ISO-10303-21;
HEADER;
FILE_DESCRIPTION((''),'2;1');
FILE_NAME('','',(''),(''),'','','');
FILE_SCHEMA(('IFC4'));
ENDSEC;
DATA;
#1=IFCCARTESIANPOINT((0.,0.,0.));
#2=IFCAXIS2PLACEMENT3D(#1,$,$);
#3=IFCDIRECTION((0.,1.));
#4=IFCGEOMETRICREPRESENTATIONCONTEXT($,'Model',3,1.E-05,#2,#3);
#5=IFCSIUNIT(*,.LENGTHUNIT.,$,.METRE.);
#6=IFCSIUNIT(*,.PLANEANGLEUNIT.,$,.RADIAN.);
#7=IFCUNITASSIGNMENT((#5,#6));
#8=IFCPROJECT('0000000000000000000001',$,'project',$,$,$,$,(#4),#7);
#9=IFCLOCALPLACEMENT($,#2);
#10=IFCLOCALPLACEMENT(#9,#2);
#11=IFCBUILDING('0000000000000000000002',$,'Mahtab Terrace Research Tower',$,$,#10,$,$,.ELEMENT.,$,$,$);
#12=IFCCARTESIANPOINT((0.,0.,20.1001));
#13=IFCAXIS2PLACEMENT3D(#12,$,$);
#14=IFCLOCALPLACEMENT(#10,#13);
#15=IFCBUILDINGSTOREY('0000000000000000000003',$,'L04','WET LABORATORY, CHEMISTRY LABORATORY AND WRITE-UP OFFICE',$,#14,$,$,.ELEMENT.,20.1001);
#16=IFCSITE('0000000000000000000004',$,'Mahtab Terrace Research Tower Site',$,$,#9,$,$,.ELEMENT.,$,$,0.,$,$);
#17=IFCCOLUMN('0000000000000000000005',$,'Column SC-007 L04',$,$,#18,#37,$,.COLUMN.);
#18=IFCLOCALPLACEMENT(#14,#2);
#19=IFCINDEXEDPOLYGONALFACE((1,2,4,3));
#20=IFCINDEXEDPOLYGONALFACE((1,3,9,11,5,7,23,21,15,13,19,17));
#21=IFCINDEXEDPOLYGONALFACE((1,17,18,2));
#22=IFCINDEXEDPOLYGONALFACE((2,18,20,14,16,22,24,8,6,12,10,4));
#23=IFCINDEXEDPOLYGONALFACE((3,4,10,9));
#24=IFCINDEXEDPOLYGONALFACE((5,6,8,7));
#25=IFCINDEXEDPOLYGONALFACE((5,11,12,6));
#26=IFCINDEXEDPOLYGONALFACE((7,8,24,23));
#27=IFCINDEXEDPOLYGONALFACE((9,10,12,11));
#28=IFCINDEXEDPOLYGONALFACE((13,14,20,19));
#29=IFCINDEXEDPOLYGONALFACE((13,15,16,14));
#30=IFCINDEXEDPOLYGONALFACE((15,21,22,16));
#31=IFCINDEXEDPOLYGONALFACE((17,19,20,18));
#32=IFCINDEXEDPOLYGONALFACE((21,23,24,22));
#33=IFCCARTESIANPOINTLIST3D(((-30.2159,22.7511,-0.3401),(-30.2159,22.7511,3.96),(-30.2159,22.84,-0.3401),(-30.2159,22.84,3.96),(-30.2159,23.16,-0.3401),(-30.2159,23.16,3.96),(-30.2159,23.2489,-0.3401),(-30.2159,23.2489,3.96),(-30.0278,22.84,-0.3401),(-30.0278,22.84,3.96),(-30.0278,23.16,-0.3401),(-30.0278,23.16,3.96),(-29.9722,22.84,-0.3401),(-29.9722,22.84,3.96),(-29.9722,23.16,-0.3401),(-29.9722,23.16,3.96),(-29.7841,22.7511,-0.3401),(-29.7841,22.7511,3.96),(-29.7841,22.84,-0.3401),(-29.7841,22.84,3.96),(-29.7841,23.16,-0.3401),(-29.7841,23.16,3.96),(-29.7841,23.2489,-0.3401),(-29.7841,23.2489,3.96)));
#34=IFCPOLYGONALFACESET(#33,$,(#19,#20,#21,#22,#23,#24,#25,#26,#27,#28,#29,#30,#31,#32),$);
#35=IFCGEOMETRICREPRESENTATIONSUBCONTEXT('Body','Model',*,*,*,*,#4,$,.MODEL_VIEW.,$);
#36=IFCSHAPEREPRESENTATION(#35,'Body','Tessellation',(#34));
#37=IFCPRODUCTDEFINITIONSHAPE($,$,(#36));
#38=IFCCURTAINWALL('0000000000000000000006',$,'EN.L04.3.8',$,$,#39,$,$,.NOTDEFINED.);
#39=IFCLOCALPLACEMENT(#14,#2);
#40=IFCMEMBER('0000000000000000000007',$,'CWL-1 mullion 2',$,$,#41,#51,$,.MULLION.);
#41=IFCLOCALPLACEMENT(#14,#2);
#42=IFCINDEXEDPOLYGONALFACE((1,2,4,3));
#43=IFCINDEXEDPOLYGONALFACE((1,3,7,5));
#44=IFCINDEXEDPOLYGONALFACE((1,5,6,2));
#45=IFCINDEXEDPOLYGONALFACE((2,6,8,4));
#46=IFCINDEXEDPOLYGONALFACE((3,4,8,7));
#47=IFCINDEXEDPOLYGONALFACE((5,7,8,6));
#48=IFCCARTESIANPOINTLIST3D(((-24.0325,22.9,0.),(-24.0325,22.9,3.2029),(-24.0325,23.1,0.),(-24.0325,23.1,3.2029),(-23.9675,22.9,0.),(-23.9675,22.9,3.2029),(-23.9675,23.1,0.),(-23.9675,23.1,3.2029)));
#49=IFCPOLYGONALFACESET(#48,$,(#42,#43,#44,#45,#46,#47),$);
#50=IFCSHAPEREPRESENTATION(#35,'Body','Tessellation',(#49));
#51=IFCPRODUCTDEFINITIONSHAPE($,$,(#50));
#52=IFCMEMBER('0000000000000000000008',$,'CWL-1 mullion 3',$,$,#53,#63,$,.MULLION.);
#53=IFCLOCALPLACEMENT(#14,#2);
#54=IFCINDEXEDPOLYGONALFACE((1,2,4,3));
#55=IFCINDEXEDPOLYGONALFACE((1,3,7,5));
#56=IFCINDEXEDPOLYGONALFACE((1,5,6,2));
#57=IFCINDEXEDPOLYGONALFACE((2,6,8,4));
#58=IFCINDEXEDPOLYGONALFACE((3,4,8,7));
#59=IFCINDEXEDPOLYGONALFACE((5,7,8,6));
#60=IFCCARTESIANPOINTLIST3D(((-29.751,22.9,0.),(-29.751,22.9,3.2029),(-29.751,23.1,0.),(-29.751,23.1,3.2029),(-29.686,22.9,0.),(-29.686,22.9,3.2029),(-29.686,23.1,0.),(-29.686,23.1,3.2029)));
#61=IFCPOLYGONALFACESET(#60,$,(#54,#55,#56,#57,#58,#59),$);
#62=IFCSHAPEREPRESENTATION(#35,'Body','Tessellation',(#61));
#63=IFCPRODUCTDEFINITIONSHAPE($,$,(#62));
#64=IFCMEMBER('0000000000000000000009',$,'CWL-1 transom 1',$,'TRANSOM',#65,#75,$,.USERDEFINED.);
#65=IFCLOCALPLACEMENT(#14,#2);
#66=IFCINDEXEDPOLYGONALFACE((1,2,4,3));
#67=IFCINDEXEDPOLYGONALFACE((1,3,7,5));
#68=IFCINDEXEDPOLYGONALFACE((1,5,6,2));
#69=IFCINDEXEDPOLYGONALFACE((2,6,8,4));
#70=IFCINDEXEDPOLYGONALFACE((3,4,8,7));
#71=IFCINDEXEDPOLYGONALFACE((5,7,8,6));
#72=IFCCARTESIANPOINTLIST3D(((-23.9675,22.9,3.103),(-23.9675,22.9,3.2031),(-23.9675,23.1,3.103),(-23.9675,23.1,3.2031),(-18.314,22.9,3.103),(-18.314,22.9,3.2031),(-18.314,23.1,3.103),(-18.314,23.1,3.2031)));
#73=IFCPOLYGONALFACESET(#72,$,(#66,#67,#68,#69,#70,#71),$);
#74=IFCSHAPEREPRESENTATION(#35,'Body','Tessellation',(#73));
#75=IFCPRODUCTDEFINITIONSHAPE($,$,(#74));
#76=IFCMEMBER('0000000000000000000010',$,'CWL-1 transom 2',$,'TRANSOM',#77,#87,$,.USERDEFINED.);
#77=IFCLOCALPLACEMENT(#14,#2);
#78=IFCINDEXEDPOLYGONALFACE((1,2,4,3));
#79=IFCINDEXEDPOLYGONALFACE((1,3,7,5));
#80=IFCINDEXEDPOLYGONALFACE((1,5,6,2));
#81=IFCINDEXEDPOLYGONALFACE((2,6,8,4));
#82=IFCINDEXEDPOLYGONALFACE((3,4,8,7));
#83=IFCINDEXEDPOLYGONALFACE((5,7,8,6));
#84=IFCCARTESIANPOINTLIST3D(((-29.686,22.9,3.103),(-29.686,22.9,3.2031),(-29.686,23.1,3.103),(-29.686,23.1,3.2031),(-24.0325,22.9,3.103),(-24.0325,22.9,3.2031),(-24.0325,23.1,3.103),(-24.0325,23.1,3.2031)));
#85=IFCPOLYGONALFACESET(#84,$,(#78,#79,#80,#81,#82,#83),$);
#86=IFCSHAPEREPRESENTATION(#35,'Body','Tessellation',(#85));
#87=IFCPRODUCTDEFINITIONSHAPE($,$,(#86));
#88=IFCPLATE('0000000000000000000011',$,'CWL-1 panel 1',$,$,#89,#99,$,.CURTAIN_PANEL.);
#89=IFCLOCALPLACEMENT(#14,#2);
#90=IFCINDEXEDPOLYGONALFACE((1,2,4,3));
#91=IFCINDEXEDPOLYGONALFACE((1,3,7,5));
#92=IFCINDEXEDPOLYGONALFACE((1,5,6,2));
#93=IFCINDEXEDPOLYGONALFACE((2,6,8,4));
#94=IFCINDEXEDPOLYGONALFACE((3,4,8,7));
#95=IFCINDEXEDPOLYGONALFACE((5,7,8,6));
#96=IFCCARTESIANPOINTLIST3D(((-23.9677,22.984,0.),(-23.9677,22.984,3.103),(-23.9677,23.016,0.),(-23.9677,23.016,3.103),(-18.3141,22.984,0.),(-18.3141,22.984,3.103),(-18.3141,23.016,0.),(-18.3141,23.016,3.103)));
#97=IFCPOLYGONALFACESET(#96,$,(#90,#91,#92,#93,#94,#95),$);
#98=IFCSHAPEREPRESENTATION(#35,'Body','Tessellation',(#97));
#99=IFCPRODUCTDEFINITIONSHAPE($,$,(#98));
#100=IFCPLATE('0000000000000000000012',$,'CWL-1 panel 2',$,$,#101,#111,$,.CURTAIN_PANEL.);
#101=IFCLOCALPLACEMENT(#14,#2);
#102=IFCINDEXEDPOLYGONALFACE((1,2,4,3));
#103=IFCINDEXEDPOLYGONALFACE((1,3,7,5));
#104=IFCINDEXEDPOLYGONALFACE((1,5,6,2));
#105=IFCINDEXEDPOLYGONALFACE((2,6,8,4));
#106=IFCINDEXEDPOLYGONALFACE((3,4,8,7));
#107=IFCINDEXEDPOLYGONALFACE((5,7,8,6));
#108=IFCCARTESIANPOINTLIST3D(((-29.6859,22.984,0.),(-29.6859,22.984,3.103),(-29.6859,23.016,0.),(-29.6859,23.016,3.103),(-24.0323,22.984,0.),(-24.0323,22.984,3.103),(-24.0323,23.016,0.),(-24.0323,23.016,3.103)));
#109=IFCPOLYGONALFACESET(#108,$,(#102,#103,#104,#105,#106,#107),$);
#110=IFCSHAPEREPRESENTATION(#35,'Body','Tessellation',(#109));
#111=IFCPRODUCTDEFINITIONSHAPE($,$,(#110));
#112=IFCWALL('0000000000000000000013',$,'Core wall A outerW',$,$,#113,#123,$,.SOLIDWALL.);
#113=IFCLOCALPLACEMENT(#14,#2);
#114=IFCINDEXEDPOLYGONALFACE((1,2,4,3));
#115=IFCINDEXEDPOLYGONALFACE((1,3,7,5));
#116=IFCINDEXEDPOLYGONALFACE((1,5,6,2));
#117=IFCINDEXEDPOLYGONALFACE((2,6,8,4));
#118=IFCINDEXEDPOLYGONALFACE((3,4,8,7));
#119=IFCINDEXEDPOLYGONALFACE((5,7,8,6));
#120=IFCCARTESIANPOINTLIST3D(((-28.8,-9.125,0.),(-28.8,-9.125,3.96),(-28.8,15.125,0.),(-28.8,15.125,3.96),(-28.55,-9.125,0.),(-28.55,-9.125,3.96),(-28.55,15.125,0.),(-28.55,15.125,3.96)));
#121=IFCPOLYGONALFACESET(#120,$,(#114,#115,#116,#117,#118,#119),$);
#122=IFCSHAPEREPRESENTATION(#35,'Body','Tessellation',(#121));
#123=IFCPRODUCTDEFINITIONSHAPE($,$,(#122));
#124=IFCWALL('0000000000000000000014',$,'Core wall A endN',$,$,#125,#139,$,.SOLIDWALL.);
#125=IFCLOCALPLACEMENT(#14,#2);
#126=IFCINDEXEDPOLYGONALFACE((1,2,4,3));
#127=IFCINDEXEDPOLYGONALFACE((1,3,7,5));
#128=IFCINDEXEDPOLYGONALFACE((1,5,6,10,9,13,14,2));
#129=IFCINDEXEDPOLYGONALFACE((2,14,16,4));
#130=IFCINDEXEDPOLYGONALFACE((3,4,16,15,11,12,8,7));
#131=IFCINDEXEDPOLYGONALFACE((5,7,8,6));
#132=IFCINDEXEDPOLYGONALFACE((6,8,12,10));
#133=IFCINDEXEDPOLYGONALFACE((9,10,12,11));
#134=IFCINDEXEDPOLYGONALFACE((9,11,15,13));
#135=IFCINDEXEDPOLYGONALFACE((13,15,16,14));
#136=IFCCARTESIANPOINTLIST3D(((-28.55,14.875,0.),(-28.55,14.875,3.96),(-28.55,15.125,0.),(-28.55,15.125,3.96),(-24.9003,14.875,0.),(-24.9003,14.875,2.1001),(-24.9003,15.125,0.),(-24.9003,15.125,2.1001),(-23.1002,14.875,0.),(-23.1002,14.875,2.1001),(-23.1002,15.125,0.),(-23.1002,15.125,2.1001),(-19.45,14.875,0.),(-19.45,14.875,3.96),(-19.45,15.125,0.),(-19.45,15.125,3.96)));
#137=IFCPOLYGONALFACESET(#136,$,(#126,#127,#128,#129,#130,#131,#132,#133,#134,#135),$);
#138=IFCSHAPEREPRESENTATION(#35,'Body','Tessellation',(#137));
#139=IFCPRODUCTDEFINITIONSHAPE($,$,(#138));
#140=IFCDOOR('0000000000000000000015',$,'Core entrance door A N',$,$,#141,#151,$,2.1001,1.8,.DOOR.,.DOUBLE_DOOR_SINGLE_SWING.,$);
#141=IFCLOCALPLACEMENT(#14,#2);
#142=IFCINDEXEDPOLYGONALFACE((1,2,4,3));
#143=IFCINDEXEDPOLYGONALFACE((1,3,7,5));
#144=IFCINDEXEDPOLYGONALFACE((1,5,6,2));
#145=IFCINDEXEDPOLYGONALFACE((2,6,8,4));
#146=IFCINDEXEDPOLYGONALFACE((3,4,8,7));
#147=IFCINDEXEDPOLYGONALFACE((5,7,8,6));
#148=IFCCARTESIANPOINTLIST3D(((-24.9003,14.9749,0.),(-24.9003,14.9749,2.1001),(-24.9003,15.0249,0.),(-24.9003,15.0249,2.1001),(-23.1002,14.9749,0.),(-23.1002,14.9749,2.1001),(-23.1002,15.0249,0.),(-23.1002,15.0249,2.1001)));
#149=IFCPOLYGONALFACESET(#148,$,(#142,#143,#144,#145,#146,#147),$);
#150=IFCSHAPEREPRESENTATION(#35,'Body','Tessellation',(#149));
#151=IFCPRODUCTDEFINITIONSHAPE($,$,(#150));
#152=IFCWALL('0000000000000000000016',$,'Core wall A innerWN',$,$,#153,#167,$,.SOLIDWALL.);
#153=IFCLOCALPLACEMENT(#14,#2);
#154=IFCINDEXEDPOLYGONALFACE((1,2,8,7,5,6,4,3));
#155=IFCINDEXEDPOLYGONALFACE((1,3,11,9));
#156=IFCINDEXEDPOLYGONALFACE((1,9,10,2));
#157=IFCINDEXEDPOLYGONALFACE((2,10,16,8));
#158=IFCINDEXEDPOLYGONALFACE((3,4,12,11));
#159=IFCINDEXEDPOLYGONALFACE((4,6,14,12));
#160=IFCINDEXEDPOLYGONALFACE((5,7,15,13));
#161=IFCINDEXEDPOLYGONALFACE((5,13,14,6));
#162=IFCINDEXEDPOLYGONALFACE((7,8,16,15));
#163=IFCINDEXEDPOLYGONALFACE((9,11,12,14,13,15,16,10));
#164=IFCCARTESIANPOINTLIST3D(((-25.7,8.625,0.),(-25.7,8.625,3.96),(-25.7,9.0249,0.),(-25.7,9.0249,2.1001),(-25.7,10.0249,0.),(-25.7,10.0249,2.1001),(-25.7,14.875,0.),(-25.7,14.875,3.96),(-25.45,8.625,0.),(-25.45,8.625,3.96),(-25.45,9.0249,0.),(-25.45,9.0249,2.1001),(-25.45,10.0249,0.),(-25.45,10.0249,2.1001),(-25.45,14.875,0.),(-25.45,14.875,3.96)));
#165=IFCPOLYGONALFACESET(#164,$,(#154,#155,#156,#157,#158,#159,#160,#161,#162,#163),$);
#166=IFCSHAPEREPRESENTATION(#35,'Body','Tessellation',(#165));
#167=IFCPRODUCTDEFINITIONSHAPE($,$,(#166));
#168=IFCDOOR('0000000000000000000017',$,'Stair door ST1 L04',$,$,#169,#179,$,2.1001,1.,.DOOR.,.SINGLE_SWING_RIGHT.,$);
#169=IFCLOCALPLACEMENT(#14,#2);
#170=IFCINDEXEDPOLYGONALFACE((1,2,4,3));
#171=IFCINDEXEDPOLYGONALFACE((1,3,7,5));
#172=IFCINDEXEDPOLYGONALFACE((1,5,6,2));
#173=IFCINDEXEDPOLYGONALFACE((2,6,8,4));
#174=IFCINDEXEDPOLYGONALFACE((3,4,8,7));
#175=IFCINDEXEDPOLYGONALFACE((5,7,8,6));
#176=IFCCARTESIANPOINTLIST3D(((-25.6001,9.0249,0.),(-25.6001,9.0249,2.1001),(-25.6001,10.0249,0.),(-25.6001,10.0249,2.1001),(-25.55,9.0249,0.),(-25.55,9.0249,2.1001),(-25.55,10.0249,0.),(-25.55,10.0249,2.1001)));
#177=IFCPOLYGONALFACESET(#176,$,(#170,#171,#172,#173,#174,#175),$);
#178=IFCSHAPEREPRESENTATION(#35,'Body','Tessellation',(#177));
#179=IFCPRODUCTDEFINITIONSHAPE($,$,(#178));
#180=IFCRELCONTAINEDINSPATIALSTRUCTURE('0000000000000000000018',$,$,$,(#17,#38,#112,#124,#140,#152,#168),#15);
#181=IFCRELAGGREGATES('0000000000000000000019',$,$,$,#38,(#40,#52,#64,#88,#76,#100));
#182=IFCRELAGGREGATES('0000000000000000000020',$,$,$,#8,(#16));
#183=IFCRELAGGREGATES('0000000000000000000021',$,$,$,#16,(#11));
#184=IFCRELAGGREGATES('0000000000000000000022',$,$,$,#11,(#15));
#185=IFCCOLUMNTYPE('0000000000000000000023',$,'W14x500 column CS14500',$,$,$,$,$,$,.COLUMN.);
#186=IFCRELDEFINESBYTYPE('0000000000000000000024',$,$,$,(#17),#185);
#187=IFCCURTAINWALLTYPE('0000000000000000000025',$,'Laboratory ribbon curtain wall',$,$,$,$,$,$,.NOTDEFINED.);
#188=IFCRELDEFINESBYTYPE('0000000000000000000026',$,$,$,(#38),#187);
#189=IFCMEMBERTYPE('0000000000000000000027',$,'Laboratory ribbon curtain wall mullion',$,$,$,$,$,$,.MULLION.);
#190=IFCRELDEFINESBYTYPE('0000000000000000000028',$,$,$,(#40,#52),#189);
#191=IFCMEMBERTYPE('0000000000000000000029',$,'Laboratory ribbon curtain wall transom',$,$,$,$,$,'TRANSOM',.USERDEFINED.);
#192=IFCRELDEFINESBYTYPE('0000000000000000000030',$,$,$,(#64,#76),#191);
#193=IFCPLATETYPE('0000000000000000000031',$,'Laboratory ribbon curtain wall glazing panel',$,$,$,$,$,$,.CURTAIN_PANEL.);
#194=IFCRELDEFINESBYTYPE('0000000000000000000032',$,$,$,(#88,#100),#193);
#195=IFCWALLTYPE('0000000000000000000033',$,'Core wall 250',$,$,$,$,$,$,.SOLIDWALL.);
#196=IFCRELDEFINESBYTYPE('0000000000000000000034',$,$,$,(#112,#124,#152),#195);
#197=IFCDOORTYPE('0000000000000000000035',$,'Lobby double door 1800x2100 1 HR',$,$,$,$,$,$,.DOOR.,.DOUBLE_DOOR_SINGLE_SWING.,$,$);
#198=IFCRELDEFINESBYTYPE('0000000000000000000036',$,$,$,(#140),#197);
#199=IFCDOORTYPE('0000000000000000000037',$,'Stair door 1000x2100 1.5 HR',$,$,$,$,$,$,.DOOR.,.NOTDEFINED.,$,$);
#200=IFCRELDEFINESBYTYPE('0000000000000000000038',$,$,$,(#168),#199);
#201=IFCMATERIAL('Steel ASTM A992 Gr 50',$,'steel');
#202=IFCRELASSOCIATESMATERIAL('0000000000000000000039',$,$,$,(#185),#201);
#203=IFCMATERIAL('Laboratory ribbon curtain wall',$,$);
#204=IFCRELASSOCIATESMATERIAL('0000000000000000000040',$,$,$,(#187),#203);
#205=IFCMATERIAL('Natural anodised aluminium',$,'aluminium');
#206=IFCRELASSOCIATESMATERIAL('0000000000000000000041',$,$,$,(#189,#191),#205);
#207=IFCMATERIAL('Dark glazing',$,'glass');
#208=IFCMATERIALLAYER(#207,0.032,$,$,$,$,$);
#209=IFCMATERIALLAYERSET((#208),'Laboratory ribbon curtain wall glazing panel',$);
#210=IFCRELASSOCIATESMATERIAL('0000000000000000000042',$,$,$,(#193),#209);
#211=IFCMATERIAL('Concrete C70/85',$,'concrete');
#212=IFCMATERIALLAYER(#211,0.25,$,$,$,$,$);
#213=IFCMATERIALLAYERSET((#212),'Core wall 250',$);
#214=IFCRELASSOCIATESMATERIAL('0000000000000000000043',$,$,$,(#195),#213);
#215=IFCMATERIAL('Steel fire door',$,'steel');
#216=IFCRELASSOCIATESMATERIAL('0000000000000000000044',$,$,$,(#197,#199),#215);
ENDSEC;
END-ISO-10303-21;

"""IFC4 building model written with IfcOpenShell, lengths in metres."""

from ifc_helpers import new_model, si_unit, direction, frame, frame_2d, origin, origin_2d, place, context, subcontext, project, spatial, rectangle, i_section, extrude, material, layer, layer_set, material_profile, profile_set, type_object, element, fill, aggregate, save


model = new_model("IFC4")

# Units and contexts
model_context = context("Model", 3, precision=1e-05, world=origin(), true_north=direction((0.0, 1.0)))
body_context = subcontext(model_context, "Body", "Model", "MODEL_VIEW")
ifc_project = project(units=[si_unit("LENGTHUNIT", "METRE"), si_unit("PLANEANGLEUNIT", "RADIAN")], contexts=[model_context])

# Site, building, storey
site_placement = place(None, origin())
site = spatial("IfcSite", under=ifc_project, at=site_placement, Name="Mahtab Terrace Research Tower Site", CompositionType="ELEMENT", RefElevation=0.0)
building_placement = place(site_placement, origin())
building = spatial("IfcBuilding", under=site, at=building_placement, Name="Mahtab Terrace Research Tower", CompositionType="ELEMENT")
storey_placement = place(building_placement, frame((0.0, 0.0, 20.1001)))
storey = spatial("IfcBuildingStorey", under=building, at=storey_placement, Name="L04", Description="WET LABORATORY, CHEMISTRY LABORATORY AND WRITE-UP OFFICE", CompositionType="ELEMENT", Elevation=20.1001)

# Column
ifc_material_1 = material(Name="Steel ASTM A992 Gr 50", Category="steel")
ifc_material_profile_1 = material_profile(ifc_material_1, i_section(OverallWidth=0.4319, OverallDepth=0.4978, WebThickness=0.0557, FlangeThickness=0.0889, at=origin_2d()), Name="W14X500")
ifc_profile_set_1 = profile_set([ifc_material_profile_1], Name="Steel ASTM A992 Gr 50")
column_type = type_object("IfcColumnType", Name="W14x500 column CS14500", PredefinedType="COLUMN", material=ifc_profile_set_1)
column_placement = place(storey_placement, frame((-30.0, 23.0, -0.3401), z_axis=(0.0, 0.0, 1.0), x_axis=(1.0, 0.0, 0.0)))
element("IfcColumn", 1, at=column_placement, inside=storey, type_object=column_type, Name="Column SC-007 L04", PredefinedType="COLUMN", context=body_context, shape_type="SweptSolid", body=[
    extrude(i_section(OverallWidth=0.4319, OverallDepth=0.4978, WebThickness=0.0557, FlangeThickness=0.0889, at=origin_2d()), origin(), (0.0, 0.0, 1.0), 4.3),
])

# Curtain wall, members, plates
ifc_material_2 = material(Name="Laboratory ribbon curtain wall")
curtain_wall_type = type_object("IfcCurtainWallType", Name="Laboratory ribbon curtain wall", PredefinedType="NOTDEFINED", material=ifc_material_2)
curtain_wall_placement = place(storey_placement, origin())
curtain_wall = element("IfcCurtainWall", 2, at=curtain_wall_placement, inside=storey, type_object=curtain_wall_type, Name="EN.L04.3.8", PredefinedType="NOTDEFINED")
ifc_material_3 = material(Name="Natural anodised aluminium", Category="aluminium")
ifc_material_profile_2 = material_profile(ifc_material_3, rectangle(XDim=0.2, YDim=0.0649, at=origin_2d()), Name="MULLION 65x200")
ifc_profile_set_2 = profile_set([ifc_material_profile_2], Name="Natural anodised aluminium")
member_type_1 = type_object("IfcMemberType", Name="Laboratory ribbon curtain wall mullion", PredefinedType="MULLION", material=ifc_profile_set_2)
member_1_placement = place(storey_placement, frame((-24.0, 23.0, 0.0), z_axis=(0.0, 0.0, 1.0), x_axis=(0.0, -1.0, 0.0)))
member_1 = element("IfcMember", 3, at=member_1_placement, type_object=member_type_1, Name="CWL-1 mullion 2", PredefinedType="MULLION", context=body_context, shape_type="SweptSolid", body=[
    extrude(rectangle(XDim=0.2, YDim=0.0649, at=origin_2d()), origin(), (0.0, 0.0, 1.0), 3.2029),
])
member_2_placement = place(storey_placement, frame((-29.7185, 23.0, 0.0), z_axis=(0.0, 0.0, 1.0), x_axis=(0.0, -1.0, 0.0)))
member_2 = element("IfcMember", 4, at=member_2_placement, type_object=member_type_1, Name="CWL-1 mullion 3", PredefinedType="MULLION", context=body_context, shape_type="SweptSolid", body=[
    extrude(rectangle(XDim=0.2, YDim=0.0649, at=origin_2d()), origin(), (0.0, 0.0, 1.0), 3.2029),
])
ifc_material_profile_3 = material_profile(ifc_material_3, rectangle(XDim=0.2, YDim=0.1001, at=origin_2d()), Name="TRANSOM 100x200")
ifc_profile_set_3 = profile_set([ifc_material_profile_3], Name="Natural anodised aluminium")
member_type_2 = type_object("IfcMemberType", Name="Laboratory ribbon curtain wall transom", ElementType="TRANSOM", PredefinedType="USERDEFINED", material=ifc_profile_set_3)
member_3_placement = place(storey_placement, frame((-18.314, 23.0, 3.1531), z_axis=(-1.0, 0.0, 0.0), x_axis=(0.0, -1.0, 0.0)))
member_3 = element("IfcMember", 5, at=member_3_placement, type_object=member_type_2, Name="CWL-1 transom 1", ObjectType="TRANSOM", PredefinedType="USERDEFINED", context=body_context, shape_type="SweptSolid", body=[
    extrude(rectangle(XDim=0.2, YDim=0.1001, at=origin_2d()), origin(), (0.0, 0.0, 1.0), 5.6536),
])
member_4_placement = place(storey_placement, frame((-24.0325, 23.0, 3.1531), z_axis=(-1.0, 0.0, 0.0), x_axis=(0.0, -1.0, 0.0)))
member_4 = element("IfcMember", 6, at=member_4_placement, type_object=member_type_2, Name="CWL-1 transom 2", ObjectType="TRANSOM", PredefinedType="USERDEFINED", context=body_context, shape_type="SweptSolid", body=[
    extrude(rectangle(XDim=0.2, YDim=0.1001, at=origin_2d()), origin(), (0.0, 0.0, 1.0), 5.6536),
])
ifc_material_4 = material(Name="Dark glazing", Category="glass")
ifc_layer_1 = layer(ifc_material_4, 0.032)
ifc_layer_set_1 = layer_set([ifc_layer_1], Name="Laboratory ribbon curtain wall glazing panel")
plate_type = type_object("IfcPlateType", Name="Laboratory ribbon curtain wall glazing panel", PredefinedType="CURTAIN_PANEL", material=ifc_layer_set_1)
plate_1_placement = place(storey_placement, frame((-21.1409, 23.0, 0.0), z_axis=(0.0, 0.0, 1.0), x_axis=(-1.0, 0.0, 0.0)))
plate_1 = element("IfcPlate", 7, at=plate_1_placement, type_object=plate_type, Name="CWL-1 panel 1", PredefinedType="CURTAIN_PANEL", context=body_context, shape_type="SweptSolid", body=[
    extrude(rectangle(XDim=5.6536, YDim=0.032, at=origin_2d()), origin(), (0.0, 0.0, 1.0), 3.103),
])
plate_2_placement = place(storey_placement, frame((-26.8591, 23.0, 0.0), z_axis=(0.0, 0.0, 1.0), x_axis=(-1.0, 0.0, 0.0)))
plate_2 = element("IfcPlate", 8, at=plate_2_placement, type_object=plate_type, Name="CWL-1 panel 2", PredefinedType="CURTAIN_PANEL", context=body_context, shape_type="SweptSolid", body=[
    extrude(rectangle(XDim=5.6536, YDim=0.032, at=origin_2d()), origin(), (0.0, 0.0, 1.0), 3.103),
])
aggregate(curtain_wall, [member_1, member_2, member_3, plate_1, member_4, plate_2])

# Wall
ifc_material_5 = material(Name="Concrete C70/85", Category="concrete")
ifc_layer_2 = layer(ifc_material_5, 0.25)
ifc_layer_set_2 = layer_set([ifc_layer_2], Name="Core wall 250")
wall_type_1 = type_object("IfcWallType", Name="Core wall 250", PredefinedType="SOLIDWALL", material=ifc_layer_set_2)
wall_1_placement = place(storey_placement, frame((-28.675, 15.125, 0.0), z_axis=(0.0, 0.0, 1.0), x_axis=(0.0, -1.0, 0.0)))
element("IfcWall", 9, at=wall_1_placement, inside=storey, type_object=wall_type_1, Name="Core wall A outerW", PredefinedType="SOLIDWALL", context=body_context, shape_type="SweptSolid", body=[
    extrude(rectangle(XDim=24.25, YDim=0.25, at=frame_2d((12.125, 0.0))), origin(), (0.0, 0.0, 1.0), 3.96),
])

# Walls, openings, doors
wall_2_placement = place(storey_placement, frame((-28.55, 15.0, 0.0), z_axis=(0.0, 0.0, 1.0), x_axis=(1.0, 0.0, 0.0)))
wall_2 = element("IfcWall", 10, at=wall_2_placement, inside=storey, type_object=wall_type_1, Name="Core wall A endN", PredefinedType="SOLIDWALL", context=body_context, shape_type="SweptSolid", body=[
    extrude(rectangle(XDim=9.1001, YDim=0.25, at=frame_2d((4.55, 0.0))), origin(), (0.0, 0.0, 1.0), 3.96),
])
opening_1_placement = place(wall_2_placement, frame((3.6499, 0.0, 0.0)))
opening_1 = element("IfcOpeningElement", 11, at=opening_1_placement, cuts=wall_2, PredefinedType="OPENING", context=body_context, shape_type="SweptSolid", body=[
    extrude(rectangle(XDim=1.8, YDim=2.1001, at=frame_2d((0.8999, 1.05))), frame((0.0, 0.135, 0.0), z_axis=(0.0, -1.0, 0.0), x_axis=(1.0, 0.0, 0.0)), (0.0, 0.0, 1.0), 0.27),
])
ifc_material_6 = material(Name="Steel fire door", Category="steel")
door_type_1 = type_object("IfcDoorType", Name="Lobby double door 1800x2100 1 HR", OperationType="DOUBLE_DOOR_SINGLE_SWING", PredefinedType="DOOR", material=ifc_material_6)
door_1_placement = place(opening_1_placement, origin())
door_1 = element("IfcDoor", 12, at=door_1_placement, inside=storey, type_object=door_type_1, Name="Core entrance door A N", OperationType="DOUBLE_DOOR_SINGLE_SWING", OverallHeight=2.1001, OverallWidth=1.8, PredefinedType="DOOR", context=body_context, shape_type="SweptSolid", body=[
    extrude(rectangle(XDim=1.8, YDim=2.1001, at=frame_2d((0.8999, 1.05))), frame((0.0, 0.0249, 0.0), z_axis=(0.0, -1.0, 0.0), x_axis=(1.0, 0.0, 0.0)), (0.0, 0.0, 1.0), 0.05),
])
fill(opening_1, door_1)
wall_3_placement = place(storey_placement, frame((-25.575, 14.875, 0.0), z_axis=(0.0, 0.0, 1.0), x_axis=(0.0, -1.0, 0.0)))
wall_3 = element("IfcWall", 13, at=wall_3_placement, inside=storey, type_object=wall_type_1, Name="Core wall A innerWN", PredefinedType="SOLIDWALL", context=body_context, shape_type="SweptSolid", body=[
    extrude(rectangle(XDim=6.25, YDim=0.25, at=frame_2d((3.125, 0.0))), origin(), (0.0, 0.0, 1.0), 3.96),
])
opening_2_placement = place(wall_3_placement, frame((4.8501, 0.0, 0.0)))
opening_2 = element("IfcOpeningElement", 14, at=opening_2_placement, cuts=wall_3, PredefinedType="OPENING", context=body_context, shape_type="SweptSolid", body=[
    extrude(rectangle(XDim=1.0, YDim=2.1001, at=frame_2d((0.5, 1.05))), frame((0.0, 0.135, 0.0), z_axis=(0.0, -1.0, 0.0), x_axis=(1.0, 0.0, 0.0)), (0.0, 0.0, 1.0), 0.27),
])
door_type_2 = type_object("IfcDoorType", Name="Stair door 1000x2100 1.5 HR", OperationType="NOTDEFINED", PredefinedType="DOOR", material=ifc_material_6)
door_2_placement = place(opening_2_placement, origin())
door_2 = element("IfcDoor", 15, at=door_2_placement, inside=storey, type_object=door_type_2, Name="Stair door ST1 L04", OperationType="SINGLE_SWING_RIGHT", OverallHeight=2.1001, OverallWidth=1.0, PredefinedType="DOOR", context=body_context, shape_type="SweptSolid", body=[
    extrude(rectangle(XDim=1.0, YDim=2.1001, at=frame_2d((0.5, 1.05))), frame((0.0, 0.0249, 0.0), z_axis=(0.0, -1.0, 0.0), x_axis=(1.0, 0.0, 0.0)), (0.0, 0.0, 1.0), 0.05),
])
fill(opening_2, door_2)

save(model, "model.ifc")
